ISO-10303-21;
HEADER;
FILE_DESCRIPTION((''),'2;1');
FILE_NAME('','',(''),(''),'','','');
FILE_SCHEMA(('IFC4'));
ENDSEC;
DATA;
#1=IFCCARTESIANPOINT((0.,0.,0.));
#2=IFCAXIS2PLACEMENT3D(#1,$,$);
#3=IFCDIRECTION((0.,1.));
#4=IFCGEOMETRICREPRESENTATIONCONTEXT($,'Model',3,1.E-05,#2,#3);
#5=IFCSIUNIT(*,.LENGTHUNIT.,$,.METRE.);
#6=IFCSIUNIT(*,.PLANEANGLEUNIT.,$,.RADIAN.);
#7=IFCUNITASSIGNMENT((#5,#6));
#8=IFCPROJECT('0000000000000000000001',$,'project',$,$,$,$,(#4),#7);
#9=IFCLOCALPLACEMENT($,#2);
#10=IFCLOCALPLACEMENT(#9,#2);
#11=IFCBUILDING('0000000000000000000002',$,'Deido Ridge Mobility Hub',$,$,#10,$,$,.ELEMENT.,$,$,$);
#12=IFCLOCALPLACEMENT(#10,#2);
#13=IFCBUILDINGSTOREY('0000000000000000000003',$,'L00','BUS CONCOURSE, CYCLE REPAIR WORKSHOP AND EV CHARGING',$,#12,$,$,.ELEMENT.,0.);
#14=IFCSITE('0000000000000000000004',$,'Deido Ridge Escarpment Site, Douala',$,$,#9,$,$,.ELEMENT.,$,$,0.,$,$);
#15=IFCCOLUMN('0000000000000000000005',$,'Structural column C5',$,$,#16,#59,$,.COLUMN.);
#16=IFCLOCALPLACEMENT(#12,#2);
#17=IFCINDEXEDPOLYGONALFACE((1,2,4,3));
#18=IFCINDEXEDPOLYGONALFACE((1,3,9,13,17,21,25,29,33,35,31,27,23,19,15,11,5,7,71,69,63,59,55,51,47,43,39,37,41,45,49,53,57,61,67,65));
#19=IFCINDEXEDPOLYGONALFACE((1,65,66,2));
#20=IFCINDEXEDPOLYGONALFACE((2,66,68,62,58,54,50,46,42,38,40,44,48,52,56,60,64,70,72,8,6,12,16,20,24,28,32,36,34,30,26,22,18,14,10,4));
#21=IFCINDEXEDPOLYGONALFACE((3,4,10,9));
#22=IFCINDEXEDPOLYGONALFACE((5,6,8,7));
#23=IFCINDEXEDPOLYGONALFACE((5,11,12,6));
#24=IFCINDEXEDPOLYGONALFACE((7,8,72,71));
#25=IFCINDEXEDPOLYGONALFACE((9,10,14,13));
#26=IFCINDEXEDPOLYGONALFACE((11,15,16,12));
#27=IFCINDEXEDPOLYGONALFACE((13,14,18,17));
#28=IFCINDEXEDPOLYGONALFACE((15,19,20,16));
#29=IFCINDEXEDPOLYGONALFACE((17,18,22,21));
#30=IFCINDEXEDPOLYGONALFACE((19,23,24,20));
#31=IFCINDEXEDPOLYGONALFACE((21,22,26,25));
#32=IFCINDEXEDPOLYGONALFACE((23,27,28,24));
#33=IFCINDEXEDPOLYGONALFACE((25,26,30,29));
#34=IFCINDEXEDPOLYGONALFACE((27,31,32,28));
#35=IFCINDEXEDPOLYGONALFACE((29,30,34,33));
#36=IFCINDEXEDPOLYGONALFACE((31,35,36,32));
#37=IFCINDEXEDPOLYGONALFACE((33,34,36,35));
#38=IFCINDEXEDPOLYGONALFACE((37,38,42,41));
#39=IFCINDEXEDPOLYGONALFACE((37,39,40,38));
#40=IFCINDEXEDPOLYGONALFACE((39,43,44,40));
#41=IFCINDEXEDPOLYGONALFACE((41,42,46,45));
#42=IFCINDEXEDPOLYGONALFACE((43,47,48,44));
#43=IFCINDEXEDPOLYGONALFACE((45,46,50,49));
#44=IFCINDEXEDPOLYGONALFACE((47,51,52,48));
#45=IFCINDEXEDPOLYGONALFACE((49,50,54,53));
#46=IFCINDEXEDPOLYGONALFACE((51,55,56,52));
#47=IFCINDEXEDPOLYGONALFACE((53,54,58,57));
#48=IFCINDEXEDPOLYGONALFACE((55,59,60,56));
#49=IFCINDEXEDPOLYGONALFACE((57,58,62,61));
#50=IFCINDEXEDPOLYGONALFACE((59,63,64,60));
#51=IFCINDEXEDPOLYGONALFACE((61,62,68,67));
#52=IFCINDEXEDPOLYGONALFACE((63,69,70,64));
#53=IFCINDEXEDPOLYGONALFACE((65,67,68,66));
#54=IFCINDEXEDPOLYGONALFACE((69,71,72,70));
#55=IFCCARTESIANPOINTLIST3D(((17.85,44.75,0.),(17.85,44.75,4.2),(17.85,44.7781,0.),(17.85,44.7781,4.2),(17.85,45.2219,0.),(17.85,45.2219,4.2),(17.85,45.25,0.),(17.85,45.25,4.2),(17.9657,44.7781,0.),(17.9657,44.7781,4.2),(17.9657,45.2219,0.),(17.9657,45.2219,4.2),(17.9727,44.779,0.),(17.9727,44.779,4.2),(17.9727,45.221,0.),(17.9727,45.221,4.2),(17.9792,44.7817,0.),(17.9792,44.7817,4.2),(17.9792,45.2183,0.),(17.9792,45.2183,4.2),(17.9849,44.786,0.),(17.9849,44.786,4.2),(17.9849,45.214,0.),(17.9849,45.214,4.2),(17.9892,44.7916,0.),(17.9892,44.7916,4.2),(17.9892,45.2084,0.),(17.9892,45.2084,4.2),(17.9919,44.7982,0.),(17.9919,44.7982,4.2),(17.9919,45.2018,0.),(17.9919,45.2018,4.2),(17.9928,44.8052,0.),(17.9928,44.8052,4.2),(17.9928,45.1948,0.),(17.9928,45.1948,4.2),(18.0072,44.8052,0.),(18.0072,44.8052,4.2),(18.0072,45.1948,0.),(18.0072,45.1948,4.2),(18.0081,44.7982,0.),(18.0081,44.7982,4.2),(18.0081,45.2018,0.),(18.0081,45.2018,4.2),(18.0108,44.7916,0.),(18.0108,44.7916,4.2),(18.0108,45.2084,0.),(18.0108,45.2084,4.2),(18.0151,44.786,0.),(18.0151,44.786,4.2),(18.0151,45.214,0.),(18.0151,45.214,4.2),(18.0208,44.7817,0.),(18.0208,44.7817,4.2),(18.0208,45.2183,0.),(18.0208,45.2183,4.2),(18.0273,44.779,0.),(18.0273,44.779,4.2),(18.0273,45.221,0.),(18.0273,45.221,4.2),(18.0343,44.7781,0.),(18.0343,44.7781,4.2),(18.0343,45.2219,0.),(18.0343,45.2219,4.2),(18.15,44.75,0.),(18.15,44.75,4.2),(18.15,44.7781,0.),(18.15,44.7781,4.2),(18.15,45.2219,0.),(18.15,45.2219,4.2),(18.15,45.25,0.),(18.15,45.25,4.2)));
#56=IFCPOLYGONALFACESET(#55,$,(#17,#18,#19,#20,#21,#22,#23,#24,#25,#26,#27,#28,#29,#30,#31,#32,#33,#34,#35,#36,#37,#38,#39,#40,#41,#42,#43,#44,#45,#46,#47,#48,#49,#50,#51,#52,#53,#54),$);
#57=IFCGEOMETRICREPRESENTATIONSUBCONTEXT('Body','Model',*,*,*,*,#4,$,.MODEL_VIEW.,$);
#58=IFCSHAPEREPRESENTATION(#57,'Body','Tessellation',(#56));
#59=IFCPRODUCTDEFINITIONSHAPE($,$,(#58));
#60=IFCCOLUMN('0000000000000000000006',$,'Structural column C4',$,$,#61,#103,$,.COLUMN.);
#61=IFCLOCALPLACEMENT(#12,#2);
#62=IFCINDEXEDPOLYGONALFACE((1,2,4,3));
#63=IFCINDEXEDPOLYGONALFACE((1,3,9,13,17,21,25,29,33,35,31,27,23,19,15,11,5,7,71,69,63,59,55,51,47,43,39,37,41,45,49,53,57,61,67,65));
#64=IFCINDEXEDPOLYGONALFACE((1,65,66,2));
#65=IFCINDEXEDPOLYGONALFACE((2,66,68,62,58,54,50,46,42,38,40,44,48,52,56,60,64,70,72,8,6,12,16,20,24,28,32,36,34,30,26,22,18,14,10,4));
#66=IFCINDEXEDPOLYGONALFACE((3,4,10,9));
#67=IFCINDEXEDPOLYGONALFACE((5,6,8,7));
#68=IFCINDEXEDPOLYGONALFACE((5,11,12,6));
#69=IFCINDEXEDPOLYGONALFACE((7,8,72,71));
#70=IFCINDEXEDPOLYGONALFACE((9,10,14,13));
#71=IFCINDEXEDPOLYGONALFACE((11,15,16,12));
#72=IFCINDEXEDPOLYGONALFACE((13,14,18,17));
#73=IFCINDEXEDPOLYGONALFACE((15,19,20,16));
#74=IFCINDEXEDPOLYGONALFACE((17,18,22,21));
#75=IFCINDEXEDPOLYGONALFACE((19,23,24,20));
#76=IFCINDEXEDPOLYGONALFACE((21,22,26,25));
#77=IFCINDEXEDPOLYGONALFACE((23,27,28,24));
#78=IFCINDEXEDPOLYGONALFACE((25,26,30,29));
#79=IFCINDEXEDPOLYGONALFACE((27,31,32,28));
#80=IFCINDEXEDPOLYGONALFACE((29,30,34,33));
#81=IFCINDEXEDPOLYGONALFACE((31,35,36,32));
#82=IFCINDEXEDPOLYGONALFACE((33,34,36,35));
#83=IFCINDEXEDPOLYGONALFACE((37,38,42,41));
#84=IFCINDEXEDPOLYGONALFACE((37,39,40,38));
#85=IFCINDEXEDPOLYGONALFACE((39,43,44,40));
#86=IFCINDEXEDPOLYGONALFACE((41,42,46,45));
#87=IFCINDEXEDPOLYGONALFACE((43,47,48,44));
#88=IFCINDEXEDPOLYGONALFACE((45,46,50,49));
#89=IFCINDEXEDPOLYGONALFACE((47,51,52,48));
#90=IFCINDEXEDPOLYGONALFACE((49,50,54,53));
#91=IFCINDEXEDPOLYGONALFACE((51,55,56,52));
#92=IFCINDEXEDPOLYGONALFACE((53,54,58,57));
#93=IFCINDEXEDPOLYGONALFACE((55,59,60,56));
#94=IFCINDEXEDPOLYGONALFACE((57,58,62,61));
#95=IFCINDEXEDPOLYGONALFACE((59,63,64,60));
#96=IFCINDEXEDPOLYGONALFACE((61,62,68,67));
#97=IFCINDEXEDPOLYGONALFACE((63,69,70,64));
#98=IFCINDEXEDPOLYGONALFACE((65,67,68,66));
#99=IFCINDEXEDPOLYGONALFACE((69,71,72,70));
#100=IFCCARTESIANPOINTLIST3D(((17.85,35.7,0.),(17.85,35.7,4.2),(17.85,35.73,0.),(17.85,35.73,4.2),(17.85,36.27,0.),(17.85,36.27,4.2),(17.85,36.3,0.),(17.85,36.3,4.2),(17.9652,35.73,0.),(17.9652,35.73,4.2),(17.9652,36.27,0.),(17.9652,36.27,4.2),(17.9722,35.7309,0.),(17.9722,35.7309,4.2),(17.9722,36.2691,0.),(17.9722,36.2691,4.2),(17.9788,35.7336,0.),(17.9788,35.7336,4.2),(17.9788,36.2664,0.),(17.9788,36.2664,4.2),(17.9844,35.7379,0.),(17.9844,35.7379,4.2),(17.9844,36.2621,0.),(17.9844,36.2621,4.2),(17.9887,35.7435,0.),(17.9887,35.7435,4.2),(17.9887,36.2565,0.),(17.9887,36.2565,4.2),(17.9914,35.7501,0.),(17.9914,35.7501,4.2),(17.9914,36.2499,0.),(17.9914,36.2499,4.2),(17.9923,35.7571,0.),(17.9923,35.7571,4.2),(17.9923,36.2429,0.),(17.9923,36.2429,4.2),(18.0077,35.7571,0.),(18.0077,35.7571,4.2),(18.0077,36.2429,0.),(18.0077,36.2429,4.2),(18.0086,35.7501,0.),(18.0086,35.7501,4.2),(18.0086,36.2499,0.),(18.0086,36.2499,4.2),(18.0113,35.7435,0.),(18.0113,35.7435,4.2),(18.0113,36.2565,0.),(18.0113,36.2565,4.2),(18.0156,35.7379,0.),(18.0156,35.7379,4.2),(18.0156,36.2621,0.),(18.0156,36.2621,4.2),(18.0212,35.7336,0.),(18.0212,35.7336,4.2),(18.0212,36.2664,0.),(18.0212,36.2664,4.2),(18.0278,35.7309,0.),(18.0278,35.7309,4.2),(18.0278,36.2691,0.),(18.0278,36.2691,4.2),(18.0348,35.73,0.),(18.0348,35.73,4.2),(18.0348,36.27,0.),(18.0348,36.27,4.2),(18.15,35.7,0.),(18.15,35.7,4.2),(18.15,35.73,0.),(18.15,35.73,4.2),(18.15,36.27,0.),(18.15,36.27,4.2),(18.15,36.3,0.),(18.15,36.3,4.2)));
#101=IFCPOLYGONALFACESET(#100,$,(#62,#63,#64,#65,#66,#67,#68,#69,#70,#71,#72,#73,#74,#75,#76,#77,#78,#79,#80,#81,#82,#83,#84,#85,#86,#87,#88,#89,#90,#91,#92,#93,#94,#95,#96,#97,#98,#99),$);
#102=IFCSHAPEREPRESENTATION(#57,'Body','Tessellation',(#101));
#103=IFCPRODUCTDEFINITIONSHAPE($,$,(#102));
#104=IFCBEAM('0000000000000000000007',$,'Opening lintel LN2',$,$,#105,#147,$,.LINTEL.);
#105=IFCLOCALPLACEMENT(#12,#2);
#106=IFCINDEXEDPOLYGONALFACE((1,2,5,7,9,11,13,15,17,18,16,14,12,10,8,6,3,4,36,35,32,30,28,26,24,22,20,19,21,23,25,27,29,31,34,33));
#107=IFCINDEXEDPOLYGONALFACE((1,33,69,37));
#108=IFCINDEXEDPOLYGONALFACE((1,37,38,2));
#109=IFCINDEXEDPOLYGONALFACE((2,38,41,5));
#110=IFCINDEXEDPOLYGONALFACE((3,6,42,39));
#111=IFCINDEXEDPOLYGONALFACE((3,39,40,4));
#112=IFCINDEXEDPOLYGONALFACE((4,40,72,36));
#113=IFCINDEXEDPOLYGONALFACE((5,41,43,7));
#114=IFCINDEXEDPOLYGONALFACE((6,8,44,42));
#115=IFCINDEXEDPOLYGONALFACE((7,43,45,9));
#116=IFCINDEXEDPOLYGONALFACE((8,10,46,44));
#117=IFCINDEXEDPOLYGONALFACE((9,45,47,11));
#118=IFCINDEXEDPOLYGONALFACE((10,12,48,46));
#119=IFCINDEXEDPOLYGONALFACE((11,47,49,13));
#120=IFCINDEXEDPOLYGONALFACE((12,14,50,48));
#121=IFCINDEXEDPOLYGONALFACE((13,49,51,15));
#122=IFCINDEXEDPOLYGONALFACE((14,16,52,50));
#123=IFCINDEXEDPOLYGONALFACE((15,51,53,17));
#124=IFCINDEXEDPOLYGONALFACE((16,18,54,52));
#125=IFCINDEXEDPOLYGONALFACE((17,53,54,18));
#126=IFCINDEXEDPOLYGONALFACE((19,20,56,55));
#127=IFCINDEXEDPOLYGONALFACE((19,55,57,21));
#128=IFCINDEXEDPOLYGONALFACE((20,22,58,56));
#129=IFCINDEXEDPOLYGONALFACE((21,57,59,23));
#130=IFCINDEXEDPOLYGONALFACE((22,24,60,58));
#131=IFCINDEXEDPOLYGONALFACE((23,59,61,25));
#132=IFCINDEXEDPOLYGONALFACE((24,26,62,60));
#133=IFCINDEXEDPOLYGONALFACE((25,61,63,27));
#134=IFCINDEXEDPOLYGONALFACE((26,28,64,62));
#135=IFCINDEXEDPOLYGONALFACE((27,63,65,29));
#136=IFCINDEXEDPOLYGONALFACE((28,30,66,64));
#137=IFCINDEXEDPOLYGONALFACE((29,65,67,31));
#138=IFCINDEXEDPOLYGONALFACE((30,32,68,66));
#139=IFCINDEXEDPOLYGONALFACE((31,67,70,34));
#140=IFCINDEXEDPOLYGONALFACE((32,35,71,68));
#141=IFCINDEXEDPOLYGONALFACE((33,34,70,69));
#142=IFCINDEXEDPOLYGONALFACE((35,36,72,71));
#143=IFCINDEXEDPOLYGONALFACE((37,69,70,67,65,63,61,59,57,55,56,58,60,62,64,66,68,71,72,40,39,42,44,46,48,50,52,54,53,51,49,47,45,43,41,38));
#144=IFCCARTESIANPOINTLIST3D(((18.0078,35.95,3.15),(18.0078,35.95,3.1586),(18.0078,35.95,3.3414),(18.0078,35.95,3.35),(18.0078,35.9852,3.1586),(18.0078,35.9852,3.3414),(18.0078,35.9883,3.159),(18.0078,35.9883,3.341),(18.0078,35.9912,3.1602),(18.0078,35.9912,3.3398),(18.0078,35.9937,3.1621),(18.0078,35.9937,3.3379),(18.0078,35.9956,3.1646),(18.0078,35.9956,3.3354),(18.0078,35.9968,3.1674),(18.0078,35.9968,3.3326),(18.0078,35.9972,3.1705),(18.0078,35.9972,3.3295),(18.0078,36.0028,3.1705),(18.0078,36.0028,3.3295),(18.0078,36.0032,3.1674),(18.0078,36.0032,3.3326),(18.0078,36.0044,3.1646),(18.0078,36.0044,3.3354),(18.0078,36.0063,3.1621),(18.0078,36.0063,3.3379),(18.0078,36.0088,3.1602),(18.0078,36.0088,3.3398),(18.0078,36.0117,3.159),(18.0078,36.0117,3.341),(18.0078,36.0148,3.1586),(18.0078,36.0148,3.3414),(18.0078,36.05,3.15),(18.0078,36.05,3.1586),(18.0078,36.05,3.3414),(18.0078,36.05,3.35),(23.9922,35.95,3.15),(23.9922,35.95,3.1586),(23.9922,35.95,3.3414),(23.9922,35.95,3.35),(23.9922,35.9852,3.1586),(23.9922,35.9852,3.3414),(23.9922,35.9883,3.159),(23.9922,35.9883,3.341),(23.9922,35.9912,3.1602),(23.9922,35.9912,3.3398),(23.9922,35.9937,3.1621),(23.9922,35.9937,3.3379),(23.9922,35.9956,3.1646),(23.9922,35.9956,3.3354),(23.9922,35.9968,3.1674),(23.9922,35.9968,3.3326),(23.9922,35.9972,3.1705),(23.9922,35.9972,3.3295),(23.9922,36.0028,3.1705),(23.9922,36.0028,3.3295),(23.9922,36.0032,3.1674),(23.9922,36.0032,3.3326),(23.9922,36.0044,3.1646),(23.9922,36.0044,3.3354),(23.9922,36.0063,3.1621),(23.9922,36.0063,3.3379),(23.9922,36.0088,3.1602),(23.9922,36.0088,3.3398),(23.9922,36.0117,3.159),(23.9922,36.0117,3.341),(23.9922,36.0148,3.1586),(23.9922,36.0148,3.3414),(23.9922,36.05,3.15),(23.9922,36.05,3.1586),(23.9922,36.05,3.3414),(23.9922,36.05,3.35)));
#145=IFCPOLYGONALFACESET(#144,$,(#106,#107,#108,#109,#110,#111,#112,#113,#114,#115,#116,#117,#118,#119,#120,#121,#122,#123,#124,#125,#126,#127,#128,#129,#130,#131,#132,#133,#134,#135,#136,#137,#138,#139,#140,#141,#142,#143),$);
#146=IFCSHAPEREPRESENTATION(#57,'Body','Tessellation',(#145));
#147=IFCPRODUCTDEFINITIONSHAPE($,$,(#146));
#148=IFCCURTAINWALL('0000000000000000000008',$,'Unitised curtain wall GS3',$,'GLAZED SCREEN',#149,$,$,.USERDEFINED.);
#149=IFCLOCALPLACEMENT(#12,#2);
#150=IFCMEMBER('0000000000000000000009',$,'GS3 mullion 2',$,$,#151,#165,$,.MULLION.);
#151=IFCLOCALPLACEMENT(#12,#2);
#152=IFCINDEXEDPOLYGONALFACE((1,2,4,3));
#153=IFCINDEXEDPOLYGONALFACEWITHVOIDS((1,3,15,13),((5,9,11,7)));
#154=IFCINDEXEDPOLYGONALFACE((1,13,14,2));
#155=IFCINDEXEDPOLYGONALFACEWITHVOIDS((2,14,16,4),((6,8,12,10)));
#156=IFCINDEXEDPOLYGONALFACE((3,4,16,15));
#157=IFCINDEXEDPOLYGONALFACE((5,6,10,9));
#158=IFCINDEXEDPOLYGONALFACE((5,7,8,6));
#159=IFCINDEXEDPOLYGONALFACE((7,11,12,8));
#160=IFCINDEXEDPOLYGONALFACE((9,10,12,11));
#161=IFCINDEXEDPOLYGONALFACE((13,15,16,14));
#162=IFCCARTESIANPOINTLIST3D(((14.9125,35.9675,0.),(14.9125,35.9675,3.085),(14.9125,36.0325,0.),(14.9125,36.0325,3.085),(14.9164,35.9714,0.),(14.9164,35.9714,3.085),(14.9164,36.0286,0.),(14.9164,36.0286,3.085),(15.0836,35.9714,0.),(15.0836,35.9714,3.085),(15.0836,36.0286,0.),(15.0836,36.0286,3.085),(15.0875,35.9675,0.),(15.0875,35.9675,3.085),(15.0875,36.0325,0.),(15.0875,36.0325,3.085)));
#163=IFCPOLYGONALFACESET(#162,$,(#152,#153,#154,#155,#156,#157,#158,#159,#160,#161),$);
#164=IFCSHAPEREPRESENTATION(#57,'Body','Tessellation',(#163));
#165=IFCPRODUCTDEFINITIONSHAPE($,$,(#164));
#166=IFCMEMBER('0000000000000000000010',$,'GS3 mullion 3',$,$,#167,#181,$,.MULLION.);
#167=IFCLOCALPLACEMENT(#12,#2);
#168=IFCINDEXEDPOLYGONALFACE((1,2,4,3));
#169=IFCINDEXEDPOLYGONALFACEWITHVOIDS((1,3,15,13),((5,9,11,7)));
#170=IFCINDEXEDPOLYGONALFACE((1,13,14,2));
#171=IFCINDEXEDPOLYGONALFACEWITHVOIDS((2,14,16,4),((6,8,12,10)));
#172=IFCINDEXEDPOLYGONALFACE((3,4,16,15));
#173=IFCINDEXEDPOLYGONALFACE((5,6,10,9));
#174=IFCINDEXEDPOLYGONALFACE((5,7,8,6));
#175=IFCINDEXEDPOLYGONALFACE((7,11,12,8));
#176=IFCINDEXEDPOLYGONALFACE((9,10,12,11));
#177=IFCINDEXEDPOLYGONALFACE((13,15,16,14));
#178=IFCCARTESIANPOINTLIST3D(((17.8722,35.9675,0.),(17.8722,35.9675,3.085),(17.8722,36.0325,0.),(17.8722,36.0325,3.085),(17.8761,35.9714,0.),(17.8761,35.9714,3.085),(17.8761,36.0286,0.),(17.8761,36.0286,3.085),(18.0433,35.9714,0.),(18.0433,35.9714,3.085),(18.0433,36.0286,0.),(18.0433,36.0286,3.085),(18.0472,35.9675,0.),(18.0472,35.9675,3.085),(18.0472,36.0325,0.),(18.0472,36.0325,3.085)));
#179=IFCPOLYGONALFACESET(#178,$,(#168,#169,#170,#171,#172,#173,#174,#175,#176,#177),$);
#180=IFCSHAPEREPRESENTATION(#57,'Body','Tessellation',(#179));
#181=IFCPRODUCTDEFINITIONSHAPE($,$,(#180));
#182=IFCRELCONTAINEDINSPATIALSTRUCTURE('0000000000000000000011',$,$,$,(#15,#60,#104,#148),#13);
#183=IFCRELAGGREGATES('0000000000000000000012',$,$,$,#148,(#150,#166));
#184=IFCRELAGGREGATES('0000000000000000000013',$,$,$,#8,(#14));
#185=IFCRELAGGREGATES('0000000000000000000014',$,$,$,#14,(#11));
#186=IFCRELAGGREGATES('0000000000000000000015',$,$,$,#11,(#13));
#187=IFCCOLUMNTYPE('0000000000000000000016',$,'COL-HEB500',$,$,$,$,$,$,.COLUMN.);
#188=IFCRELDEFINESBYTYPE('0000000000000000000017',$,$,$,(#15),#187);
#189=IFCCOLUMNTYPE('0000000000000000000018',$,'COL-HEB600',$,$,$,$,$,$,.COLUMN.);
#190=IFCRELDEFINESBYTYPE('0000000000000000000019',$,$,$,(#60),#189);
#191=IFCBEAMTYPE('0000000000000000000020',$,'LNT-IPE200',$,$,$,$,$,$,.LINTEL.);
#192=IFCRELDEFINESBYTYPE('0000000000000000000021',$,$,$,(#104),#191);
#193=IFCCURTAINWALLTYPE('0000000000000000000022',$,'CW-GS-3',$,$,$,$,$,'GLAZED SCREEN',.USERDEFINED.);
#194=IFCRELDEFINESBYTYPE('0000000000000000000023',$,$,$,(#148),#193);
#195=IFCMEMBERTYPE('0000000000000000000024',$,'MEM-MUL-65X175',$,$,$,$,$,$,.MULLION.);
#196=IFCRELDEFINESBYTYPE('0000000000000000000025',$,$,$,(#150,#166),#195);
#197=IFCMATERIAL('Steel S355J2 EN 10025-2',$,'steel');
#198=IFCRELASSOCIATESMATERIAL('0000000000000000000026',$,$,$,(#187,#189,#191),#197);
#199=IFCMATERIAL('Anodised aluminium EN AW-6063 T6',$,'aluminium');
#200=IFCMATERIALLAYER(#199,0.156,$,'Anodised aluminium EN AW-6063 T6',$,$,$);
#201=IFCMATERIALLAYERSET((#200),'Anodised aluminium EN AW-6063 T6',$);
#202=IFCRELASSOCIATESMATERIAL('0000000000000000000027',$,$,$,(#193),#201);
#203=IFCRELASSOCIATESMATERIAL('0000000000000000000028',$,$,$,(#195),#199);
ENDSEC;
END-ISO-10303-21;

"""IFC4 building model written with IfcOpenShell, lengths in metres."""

from ifc_helpers import new_model, si_unit, direction, frame, origin, origin_2d, place, context, subcontext, project, spatial, hollow_rectangle, i_section, extrude, material, layer, layer_set, material_profile, profile_set, type_object, element, aggregate, save


model = new_model("IFC4")

# Units and contexts
model_context = context("Model", 3, precision=1e-05, world=origin(), true_north=direction((0.0, 1.0)))
body_context = subcontext(model_context, "Body", "Model", "MODEL_VIEW")
ifc_project = project(units=[si_unit("LENGTHUNIT", "METRE"), si_unit("PLANEANGLEUNIT", "RADIAN")], contexts=[model_context])

# Site, building, storey
site_placement = place(None, origin())
site = spatial("IfcSite", under=ifc_project, at=site_placement, Name="Deido Ridge Escarpment Site, Douala", CompositionType="ELEMENT", RefElevation=0.0)
building_placement = place(site_placement, origin())
building = spatial("IfcBuilding", under=site, at=building_placement, Name="Deido Ridge Mobility Hub", CompositionType="ELEMENT")
storey_placement = place(building_placement, origin())
storey = spatial("IfcBuildingStorey", under=building, at=storey_placement, Name="L00", Description="BUS CONCOURSE, CYCLE REPAIR WORKSHOP AND EV CHARGING", CompositionType="ELEMENT", Elevation=0.0)

# Columns
ifc_material_1 = material(Name="Steel S355J2 EN 10025-2", Category="steel")
ifc_material_profile_1 = material_profile(ifc_material_1, i_section(OverallWidth=0.3, OverallDepth=0.5, WebThickness=0.0144, FlangeThickness=0.0281, FilletRadius=0.0271, at=origin_2d()), Name="HEB 500")
ifc_profile_set_1 = profile_set([ifc_material_profile_1], Name="Steel S355J2 EN 10025-2")
column_type_1 = type_object("IfcColumnType", Name="COL-HEB500", PredefinedType="COLUMN", material=ifc_profile_set_1)
column_1_placement = place(storey_placement, frame((18.0, 45.0, 0.0), z_axis=(0.0, 0.0, 1.0), x_axis=(1.0, 0.0, 0.0)))
element("IfcColumn", 1, at=column_1_placement, inside=storey, type_object=column_type_1, Name="Structural column C5", PredefinedType="COLUMN", context=body_context, shape_type="SweptSolid", body=[
    extrude(i_section(OverallWidth=0.3, OverallDepth=0.5, WebThickness=0.0144, FlangeThickness=0.0281, FilletRadius=0.0271, at=origin_2d()), origin(), (0.0, 0.0, 1.0), 4.2),
])
ifc_material_profile_2 = material_profile(ifc_material_1, i_section(OverallWidth=0.3, OverallDepth=0.6001, WebThickness=0.0154, FlangeThickness=0.03, FilletRadius=0.0271, at=origin_2d()), Name="HEB 600")
ifc_profile_set_2 = profile_set([ifc_material_profile_2], Name="Steel S355J2 EN 10025-2")
column_type_2 = type_object("IfcColumnType", Name="COL-HEB600", PredefinedType="COLUMN", material=ifc_profile_set_2)
column_2_placement = place(storey_placement, frame((18.0, 36.0, 0.0), z_axis=(0.0, 0.0, 1.0), x_axis=(1.0, 0.0, 0.0)))
element("IfcColumn", 2, at=column_2_placement, inside=storey, type_object=column_type_2, Name="Structural column C4", PredefinedType="COLUMN", context=body_context, shape_type="SweptSolid", body=[
    extrude(i_section(OverallWidth=0.3, OverallDepth=0.6001, WebThickness=0.0154, FlangeThickness=0.03, FilletRadius=0.0271, at=origin_2d()), origin(), (0.0, 0.0, 1.0), 4.2),
])

# Beam
ifc_material_profile_3 = material_profile(ifc_material_1, i_section(OverallWidth=0.1001, OverallDepth=0.2, WebThickness=0.0056, FlangeThickness=0.0085, FilletRadius=0.012, at=origin_2d()), Name="IPE 200")
ifc_profile_set_3 = profile_set([ifc_material_profile_3], Name="Steel S355J2 EN 10025-2")
beam_type_1 = type_object("IfcBeamType", Name="LNT-IPE200", PredefinedType="LINTEL", material=ifc_profile_set_3)
beam_1_placement = place(storey_placement, frame((18.0078, 36.0, 3.25), z_axis=(1.0, 0.0, 0.0), x_axis=(0.0, 1.0, 0.0)))
element("IfcBeam", 3, at=beam_1_placement, inside=storey, type_object=beam_type_1, Name="Opening lintel LN2", PredefinedType="LINTEL", context=body_context, shape_type="SweptSolid", body=[
    extrude(i_section(OverallWidth=0.1001, OverallDepth=0.2, WebThickness=0.0056, FlangeThickness=0.0085, FilletRadius=0.012, at=origin_2d()), origin(), (0.0, 0.0, 1.0), 5.9844),
])

# Curtain wall, members
ifc_material_2 = material(Name="Anodised aluminium EN AW-6063 T6", Category="aluminium")
ifc_layer_1 = layer(ifc_material_2, 0.156, Name="Anodised aluminium EN AW-6063 T6")
ifc_layer_set_1 = layer_set([ifc_layer_1], Name="Anodised aluminium EN AW-6063 T6")
curtain_wall_type = type_object("IfcCurtainWallType", Name="CW-GS-3", ElementType="GLAZED SCREEN", PredefinedType="USERDEFINED", material=ifc_layer_set_1)
curtain_wall_1_placement = place(storey_placement, origin())
curtain_wall_1 = element("IfcCurtainWall", 4, at=curtain_wall_1_placement, inside=storey, type_object=curtain_wall_type, Name="Unitised curtain wall GS3", ObjectType="GLAZED SCREEN", PredefinedType="USERDEFINED")
ifc_material_profile_4 = material_profile(ifc_material_2, hollow_rectangle(XDim=0.0649, YDim=0.175, WallThickness=0.0039, at=origin_2d()), Name="RHS 65x175x4")
ifc_profile_set_4 = profile_set([ifc_material_profile_4], Name="Anodised aluminium EN AW-6063 T6")
member_type_1 = type_object("IfcMemberType", Name="MEM-MUL-65X175", PredefinedType="MULLION", material=ifc_profile_set_4)
member_1_placement = place(storey_placement, frame((15.0, 36.0, 0.0), z_axis=(0.0, 0.0, 1.0), x_axis=(0.0, 1.0, 0.0)))
member_1 = element("IfcMember", 5, at=member_1_placement, type_object=member_type_1, Name="GS3 mullion 2", PredefinedType="MULLION", context=body_context, shape_type="SweptSolid", body=[
    extrude(hollow_rectangle(XDim=0.0649, YDim=0.175, WallThickness=0.0039, at=origin_2d()), origin(), (0.0, 0.0, 1.0), 3.085),
])
member_2_placement = place(storey_placement, frame((17.9597, 36.0, 0.0), z_axis=(0.0, 0.0, 1.0), x_axis=(0.0, 1.0, 0.0)))
member_2 = element("IfcMember", 6, at=member_2_placement, type_object=member_type_1, Name="GS3 mullion 3", PredefinedType="MULLION", context=body_context, shape_type="SweptSolid", body=[
    extrude(hollow_rectangle(XDim=0.0649, YDim=0.175, WallThickness=0.0039, at=origin_2d()), origin(), (0.0, 0.0, 1.0), 3.085),
])

aggregate(curtain_wall_1, [member_1, member_2])

save(model, "model.ifc")
